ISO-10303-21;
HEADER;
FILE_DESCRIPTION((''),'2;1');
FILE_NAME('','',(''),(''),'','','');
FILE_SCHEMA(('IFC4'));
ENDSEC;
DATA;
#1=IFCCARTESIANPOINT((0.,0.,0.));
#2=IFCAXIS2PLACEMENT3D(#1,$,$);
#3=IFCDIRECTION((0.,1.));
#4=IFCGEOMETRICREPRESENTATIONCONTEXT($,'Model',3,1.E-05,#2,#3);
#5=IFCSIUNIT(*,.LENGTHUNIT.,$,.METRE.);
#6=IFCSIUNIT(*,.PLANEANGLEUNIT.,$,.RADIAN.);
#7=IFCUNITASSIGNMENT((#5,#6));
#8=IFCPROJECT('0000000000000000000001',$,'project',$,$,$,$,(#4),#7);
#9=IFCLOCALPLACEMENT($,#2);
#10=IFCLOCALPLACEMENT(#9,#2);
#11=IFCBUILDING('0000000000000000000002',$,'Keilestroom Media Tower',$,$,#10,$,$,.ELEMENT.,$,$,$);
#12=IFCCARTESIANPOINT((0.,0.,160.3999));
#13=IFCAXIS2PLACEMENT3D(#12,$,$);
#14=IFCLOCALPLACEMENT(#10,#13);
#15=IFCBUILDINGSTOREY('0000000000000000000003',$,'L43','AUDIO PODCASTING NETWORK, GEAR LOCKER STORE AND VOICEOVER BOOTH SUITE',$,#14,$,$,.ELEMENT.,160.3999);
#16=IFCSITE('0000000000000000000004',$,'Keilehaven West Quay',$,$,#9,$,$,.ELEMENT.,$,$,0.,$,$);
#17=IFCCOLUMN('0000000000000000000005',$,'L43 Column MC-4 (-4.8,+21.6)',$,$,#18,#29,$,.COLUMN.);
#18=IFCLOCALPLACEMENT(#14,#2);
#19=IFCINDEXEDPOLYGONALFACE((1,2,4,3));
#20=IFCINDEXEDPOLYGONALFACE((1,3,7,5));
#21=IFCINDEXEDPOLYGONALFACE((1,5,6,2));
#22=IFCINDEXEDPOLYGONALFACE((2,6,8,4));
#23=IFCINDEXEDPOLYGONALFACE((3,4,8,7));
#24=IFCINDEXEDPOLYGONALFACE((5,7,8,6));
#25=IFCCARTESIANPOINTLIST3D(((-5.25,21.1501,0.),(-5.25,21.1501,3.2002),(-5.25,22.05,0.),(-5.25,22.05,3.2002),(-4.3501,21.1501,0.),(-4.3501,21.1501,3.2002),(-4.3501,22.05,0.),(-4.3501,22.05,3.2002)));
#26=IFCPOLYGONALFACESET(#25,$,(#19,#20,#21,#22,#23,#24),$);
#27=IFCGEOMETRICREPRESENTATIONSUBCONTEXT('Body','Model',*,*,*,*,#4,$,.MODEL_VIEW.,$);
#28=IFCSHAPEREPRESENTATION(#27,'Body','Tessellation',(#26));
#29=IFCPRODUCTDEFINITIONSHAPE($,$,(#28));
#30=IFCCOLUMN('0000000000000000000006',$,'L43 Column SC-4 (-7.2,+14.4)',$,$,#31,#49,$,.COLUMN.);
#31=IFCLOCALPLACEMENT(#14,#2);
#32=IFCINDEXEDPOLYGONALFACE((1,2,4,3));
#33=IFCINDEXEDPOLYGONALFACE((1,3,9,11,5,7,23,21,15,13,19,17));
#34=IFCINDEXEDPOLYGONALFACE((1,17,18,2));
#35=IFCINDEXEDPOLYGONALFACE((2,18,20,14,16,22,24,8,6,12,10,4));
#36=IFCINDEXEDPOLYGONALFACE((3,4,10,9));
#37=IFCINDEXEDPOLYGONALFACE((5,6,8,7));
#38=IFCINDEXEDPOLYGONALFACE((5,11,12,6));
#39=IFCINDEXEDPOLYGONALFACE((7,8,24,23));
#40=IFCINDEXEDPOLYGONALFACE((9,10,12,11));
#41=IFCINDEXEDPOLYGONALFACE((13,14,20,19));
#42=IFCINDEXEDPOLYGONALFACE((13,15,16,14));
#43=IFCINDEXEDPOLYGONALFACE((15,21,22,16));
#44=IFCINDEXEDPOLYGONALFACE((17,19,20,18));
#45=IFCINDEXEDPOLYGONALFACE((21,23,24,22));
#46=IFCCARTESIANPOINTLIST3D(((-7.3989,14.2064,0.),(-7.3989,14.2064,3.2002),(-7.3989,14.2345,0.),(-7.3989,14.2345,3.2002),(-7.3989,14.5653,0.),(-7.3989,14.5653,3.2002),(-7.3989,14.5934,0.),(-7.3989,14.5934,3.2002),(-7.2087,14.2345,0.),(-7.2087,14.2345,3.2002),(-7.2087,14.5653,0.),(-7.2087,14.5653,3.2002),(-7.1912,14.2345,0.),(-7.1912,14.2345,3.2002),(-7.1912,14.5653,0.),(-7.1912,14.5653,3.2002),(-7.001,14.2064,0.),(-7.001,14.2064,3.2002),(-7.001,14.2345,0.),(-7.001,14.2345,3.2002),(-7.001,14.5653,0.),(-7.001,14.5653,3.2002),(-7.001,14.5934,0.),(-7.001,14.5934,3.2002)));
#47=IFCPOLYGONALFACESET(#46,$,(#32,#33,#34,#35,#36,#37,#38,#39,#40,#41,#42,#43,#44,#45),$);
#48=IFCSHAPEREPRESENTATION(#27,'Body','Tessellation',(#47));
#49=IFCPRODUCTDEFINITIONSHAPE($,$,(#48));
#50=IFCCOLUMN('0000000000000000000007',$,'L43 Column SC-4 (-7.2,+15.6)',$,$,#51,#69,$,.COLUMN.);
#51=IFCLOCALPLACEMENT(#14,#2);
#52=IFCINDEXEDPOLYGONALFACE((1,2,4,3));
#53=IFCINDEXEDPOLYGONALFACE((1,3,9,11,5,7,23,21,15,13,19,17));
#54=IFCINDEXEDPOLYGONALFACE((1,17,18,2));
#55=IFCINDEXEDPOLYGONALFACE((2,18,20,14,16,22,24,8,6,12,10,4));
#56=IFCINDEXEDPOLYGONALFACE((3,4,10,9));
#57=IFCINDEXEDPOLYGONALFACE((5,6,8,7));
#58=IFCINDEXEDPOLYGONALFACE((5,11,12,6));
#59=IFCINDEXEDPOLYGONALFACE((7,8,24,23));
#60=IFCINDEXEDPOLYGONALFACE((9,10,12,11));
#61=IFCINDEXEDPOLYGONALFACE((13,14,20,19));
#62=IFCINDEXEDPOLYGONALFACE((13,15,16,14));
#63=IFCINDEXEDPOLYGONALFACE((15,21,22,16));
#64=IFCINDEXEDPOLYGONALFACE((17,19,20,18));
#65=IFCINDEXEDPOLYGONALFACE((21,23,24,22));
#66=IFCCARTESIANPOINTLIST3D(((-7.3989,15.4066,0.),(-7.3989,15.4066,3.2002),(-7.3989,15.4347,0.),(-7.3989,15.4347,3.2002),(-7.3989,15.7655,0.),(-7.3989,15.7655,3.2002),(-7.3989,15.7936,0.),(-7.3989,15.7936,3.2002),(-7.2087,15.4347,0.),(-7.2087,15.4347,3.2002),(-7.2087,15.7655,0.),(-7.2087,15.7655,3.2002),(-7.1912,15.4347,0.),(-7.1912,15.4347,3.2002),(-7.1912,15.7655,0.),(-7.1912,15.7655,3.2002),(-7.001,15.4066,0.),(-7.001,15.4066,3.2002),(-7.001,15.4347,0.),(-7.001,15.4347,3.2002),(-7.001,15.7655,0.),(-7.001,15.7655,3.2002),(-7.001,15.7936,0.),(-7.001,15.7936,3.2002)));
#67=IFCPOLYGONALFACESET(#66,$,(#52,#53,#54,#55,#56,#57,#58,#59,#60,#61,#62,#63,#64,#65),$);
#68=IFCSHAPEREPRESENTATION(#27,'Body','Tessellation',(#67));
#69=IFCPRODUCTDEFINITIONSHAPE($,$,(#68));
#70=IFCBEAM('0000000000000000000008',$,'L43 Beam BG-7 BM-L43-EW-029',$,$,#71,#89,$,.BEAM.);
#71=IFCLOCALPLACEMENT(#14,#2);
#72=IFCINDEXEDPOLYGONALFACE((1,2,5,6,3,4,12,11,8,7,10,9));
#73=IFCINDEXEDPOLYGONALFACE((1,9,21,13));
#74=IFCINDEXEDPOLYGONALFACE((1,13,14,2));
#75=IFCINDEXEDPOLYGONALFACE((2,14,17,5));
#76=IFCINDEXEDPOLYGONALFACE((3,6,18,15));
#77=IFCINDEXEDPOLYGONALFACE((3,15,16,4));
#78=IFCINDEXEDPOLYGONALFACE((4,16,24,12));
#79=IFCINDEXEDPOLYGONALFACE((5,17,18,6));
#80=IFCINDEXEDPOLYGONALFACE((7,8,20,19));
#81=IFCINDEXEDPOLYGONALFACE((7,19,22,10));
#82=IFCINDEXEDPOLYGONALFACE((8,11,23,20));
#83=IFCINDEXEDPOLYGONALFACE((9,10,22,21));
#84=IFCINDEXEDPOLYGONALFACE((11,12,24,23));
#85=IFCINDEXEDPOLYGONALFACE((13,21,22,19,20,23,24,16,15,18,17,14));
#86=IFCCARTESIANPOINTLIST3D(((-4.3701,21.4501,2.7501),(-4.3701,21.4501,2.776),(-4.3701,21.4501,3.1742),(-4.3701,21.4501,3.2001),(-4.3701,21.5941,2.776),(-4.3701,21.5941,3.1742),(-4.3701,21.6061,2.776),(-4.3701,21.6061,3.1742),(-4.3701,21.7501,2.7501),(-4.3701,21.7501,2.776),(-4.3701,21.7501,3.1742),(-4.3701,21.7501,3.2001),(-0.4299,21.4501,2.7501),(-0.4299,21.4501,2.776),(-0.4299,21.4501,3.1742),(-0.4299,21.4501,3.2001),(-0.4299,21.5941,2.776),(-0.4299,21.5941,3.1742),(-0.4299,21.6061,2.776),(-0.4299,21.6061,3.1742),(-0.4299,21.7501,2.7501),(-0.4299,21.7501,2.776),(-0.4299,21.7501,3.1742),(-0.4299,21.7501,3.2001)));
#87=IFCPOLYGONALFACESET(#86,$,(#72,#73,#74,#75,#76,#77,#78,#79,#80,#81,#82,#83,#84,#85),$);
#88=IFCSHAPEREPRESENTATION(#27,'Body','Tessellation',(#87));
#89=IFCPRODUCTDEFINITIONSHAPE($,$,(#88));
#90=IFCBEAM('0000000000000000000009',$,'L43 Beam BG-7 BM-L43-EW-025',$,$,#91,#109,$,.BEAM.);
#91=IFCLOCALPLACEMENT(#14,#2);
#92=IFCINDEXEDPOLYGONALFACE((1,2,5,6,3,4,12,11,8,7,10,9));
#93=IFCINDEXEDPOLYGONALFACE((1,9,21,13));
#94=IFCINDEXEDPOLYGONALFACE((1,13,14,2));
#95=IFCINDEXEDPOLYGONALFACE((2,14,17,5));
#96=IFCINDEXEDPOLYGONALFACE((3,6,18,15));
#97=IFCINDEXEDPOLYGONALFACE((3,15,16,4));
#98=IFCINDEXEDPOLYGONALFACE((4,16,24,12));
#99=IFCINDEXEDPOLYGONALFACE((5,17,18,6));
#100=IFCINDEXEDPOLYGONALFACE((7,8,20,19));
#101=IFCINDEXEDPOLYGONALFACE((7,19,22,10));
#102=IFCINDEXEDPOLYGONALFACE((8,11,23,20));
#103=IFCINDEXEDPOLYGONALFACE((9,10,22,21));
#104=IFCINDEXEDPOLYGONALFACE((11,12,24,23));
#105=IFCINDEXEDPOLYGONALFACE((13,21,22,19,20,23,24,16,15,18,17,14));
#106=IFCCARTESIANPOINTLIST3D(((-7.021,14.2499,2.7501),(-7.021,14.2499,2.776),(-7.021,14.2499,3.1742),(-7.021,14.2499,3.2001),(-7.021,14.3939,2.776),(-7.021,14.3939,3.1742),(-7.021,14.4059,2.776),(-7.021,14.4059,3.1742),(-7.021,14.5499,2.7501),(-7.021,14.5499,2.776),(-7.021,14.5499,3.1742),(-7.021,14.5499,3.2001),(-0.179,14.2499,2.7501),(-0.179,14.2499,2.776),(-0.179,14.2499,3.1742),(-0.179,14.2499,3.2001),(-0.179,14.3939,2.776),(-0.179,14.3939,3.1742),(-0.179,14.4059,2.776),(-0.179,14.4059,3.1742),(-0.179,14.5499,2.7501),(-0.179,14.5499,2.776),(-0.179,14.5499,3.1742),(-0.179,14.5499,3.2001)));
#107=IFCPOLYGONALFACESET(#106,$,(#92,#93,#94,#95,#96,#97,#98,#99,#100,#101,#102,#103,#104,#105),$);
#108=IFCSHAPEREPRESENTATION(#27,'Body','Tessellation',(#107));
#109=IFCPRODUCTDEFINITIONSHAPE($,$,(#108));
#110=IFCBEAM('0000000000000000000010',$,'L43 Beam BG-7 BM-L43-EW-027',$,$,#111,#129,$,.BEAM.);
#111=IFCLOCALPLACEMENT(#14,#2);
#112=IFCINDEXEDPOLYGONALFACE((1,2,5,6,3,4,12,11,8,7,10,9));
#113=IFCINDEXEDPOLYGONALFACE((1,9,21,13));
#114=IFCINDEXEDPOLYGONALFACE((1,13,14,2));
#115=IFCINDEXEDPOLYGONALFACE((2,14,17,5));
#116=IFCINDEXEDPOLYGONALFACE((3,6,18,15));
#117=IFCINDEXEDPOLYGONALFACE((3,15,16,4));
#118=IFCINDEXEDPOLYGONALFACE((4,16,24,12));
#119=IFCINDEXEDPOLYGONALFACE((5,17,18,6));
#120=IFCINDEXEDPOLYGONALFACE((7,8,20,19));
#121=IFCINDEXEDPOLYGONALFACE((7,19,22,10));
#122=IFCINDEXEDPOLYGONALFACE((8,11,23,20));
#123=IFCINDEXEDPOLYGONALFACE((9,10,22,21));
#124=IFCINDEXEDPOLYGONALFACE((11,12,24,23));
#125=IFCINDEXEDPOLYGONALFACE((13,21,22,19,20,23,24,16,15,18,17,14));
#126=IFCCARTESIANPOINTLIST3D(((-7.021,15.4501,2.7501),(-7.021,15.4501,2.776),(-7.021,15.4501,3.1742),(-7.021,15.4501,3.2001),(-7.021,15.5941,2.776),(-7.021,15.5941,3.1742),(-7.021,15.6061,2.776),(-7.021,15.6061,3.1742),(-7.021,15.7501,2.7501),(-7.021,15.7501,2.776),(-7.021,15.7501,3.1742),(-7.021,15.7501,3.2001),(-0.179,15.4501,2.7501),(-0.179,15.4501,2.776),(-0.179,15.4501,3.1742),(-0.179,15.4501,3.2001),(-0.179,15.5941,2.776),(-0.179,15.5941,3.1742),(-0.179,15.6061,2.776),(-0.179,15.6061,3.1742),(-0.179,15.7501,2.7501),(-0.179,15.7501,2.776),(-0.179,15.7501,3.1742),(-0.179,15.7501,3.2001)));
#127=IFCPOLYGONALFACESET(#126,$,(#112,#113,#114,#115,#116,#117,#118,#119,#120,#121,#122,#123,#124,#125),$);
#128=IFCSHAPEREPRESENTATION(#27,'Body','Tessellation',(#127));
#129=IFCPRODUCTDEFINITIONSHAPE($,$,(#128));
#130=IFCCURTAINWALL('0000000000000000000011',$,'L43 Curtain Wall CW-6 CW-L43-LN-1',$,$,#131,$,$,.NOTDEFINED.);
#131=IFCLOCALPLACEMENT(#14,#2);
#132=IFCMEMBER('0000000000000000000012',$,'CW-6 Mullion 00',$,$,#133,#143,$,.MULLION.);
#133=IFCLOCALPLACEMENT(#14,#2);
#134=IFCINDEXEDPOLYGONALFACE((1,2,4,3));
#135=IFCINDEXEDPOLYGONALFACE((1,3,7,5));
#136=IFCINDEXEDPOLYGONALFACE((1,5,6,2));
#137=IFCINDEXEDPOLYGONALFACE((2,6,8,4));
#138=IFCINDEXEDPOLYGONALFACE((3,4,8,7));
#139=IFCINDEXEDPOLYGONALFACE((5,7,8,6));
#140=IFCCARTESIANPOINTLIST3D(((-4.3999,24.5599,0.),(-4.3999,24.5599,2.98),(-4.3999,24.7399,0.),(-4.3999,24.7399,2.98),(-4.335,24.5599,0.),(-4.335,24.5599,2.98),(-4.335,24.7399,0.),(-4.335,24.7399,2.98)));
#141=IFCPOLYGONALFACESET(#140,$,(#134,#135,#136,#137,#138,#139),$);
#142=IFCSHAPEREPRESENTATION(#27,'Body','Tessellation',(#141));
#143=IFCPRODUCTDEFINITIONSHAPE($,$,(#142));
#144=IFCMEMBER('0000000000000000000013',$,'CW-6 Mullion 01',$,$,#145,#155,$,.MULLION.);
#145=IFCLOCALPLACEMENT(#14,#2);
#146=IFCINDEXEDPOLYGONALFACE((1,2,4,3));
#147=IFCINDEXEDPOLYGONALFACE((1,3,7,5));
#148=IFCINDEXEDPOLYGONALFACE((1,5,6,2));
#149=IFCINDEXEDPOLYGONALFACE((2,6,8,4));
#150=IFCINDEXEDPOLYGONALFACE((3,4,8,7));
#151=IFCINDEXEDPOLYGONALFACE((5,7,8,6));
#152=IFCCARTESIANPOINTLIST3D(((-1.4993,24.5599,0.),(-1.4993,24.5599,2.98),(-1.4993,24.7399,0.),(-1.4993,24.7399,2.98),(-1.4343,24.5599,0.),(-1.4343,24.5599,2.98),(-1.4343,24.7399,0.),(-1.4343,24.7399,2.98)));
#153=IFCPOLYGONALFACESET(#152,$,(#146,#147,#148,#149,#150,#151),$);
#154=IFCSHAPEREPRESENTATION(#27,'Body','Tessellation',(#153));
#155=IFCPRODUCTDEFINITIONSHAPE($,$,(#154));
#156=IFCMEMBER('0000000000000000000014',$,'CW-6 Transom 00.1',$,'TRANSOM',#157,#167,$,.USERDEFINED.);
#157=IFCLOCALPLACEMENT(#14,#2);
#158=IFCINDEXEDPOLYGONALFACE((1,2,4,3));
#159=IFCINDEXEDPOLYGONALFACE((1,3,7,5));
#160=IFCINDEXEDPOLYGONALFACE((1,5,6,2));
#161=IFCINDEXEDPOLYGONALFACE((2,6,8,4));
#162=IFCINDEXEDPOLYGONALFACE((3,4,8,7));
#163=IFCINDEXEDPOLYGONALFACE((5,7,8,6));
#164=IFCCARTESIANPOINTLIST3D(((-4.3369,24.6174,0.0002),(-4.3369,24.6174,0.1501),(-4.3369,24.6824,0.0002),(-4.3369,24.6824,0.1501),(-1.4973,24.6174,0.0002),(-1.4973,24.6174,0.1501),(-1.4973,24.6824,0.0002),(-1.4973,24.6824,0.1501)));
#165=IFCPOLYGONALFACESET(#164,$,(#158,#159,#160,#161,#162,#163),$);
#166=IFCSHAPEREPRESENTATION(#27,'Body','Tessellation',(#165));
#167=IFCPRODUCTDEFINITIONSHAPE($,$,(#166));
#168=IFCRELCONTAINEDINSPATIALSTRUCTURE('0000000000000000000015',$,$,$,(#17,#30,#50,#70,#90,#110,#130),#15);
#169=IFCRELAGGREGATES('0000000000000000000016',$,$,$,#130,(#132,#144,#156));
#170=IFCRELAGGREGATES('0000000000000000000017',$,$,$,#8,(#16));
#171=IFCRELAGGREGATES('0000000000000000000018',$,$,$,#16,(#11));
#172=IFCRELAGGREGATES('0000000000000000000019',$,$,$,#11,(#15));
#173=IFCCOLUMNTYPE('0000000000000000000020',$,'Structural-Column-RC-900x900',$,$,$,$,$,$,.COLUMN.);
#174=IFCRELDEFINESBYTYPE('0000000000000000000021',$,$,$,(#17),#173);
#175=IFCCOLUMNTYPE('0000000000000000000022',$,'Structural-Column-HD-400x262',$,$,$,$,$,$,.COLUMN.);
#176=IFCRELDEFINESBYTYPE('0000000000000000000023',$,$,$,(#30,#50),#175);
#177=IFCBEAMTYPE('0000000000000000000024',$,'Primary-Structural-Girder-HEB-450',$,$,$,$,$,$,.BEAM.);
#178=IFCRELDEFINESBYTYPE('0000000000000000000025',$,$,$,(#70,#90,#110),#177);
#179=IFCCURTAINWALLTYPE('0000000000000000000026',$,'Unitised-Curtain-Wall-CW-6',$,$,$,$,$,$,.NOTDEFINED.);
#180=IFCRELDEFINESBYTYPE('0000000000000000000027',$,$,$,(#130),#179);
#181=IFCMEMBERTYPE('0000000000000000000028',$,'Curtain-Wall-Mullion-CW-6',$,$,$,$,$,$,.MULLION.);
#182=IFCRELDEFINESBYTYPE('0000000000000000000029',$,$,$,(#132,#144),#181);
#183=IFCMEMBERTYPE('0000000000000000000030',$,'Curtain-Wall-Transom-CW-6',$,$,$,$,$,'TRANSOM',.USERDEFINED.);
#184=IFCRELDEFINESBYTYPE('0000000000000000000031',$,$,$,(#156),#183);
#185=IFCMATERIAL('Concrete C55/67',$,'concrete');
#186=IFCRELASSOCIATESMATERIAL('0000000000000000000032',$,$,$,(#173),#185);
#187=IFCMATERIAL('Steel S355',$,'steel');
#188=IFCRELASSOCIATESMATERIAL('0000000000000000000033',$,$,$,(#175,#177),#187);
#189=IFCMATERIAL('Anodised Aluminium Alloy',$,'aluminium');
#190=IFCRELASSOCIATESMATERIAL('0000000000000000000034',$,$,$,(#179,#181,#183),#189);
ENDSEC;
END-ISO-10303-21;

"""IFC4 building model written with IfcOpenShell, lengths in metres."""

from ifc_helpers import new_model, si_unit, direction, frame, origin, origin_2d, place, context, subcontext, project, spatial, rectangle, i_section, extrude, source, transform, mapped, material, material_profile, profile_set, type_object, element, aggregate, save


model = new_model("IFC4")

# Units and contexts
model_context = context("Model", 3, precision=1e-05, world=origin(), true_north=direction((0.0, 1.0)))
body_context = subcontext(model_context, "Body", "Model", "MODEL_VIEW")
ifc_project = project(units=[si_unit("LENGTHUNIT", "METRE"), si_unit("PLANEANGLEUNIT", "RADIAN")], contexts=[model_context])

# Site, building, storey
site_placement = place(None, origin())
site = spatial("IfcSite", under=ifc_project, at=site_placement, Name="Keilehaven West Quay", CompositionType="ELEMENT", RefElevation=0.0)
building_placement = place(site_placement, origin())
building = spatial("IfcBuilding", under=site, at=building_placement, Name="Keilestroom Media Tower", CompositionType="ELEMENT")
storey_placement = place(building_placement, frame((0.0, 0.0, 160.3999)))
storey = spatial("IfcBuildingStorey", under=building, at=storey_placement, Name="L43", Description="AUDIO PODCASTING NETWORK, GEAR LOCKER STORE AND VOICEOVER BOOTH SUITE", CompositionType="ELEMENT", Elevation=160.3999)

# Columns
ifc_material_1 = material(Name="Concrete C55/67", Category="concrete")
ifc_material_profile_1 = material_profile(ifc_material_1, rectangle(XDim=0.8999, YDim=0.8999, at=origin_2d()), Name="RC 900x900")
ifc_profile_set_1 = profile_set([ifc_material_profile_1], Name="Concrete C55/67")
column_type_1 = type_object("IfcColumnType", Name="Structural-Column-RC-900x900", PredefinedType="COLUMN", material=ifc_profile_set_1)
shared_shape_1 = source(origin(), body_context, "Body", "SweptSolid", [
    extrude(rectangle(XDim=0.8999, YDim=0.8999, at=origin_2d()), origin(), (0.0, 0.0, 1.0), 3.2002),
])
column_placement = place(storey_placement, frame((-4.8, 21.6001, 0.0), z_axis=(0.0, 0.0, 1.0), x_axis=(1.0, 0.0, 0.0)))
element("IfcColumn", 1, at=column_placement, inside=storey, type_object=column_type_1, Name="L43 Column MC-4 (-4.8,+21.6)", PredefinedType="COLUMN", context=body_context, shape_type="MappedRepresentation", body=[
    mapped(shared_shape_1, transform((0.0, 0.0, 0.0), x_axis=(1.0, 0.0, 0.0), y_axis=(0.0, 1.0, 0.0), z_axis=(0.0, 0.0, 1.0), scale=1.0)),
])
ifc_material_2 = material(Name="Steel S355", Category="steel")
ifc_material_profile_2 = material_profile(ifc_material_2, i_section(OverallWidth=0.3979, OverallDepth=0.387, WebThickness=0.0176, FlangeThickness=0.0281, at=origin_2d()), Name="HD 400x262")
ifc_profile_set_2 = profile_set([ifc_material_profile_2], Name="Steel S355")
column_type_2 = type_object("IfcColumnType", Name="Structural-Column-HD-400x262", PredefinedType="COLUMN", material=ifc_profile_set_2)
shared_shape_2 = source(origin(), body_context, "Body", "SweptSolid", [
    extrude(i_section(OverallWidth=0.3979, OverallDepth=0.387, WebThickness=0.0176, FlangeThickness=0.0281, at=origin_2d()), origin(), (0.0, 0.0, 1.0), 3.2002),
])
for number, where, z_axis, x_axis, name in (
    (2, (-7.2, 14.3999, 0.0), (0.0, 0.0, 1.0), (1.0, 0.0, 0.0), "L43 Column SC-4 (-7.2,+14.4)"),
    (3, (-7.2, 15.6001, 0.0), (0.0, 0.0, 1.0), (1.0, 0.0, 0.0), "L43 Column SC-4 (-7.2,+15.6)"),
):
    element("IfcColumn", number, at=place(storey_placement, frame(where, z_axis=z_axis, x_axis=x_axis)), inside=storey, type_object=column_type_2, Name=name, PredefinedType="COLUMN", context=body_context, shape_type="MappedRepresentation", body=[
        mapped(shared_shape_2, transform((0.0, 0.0, 0.0), x_axis=(1.0, 0.0, 0.0), y_axis=(0.0, 1.0, 0.0), z_axis=(0.0, 0.0, 1.0), scale=1.0)),
    ])

# Beams
ifc_material_profile_3 = material_profile(ifc_material_2, i_section(OverallWidth=0.3, OverallDepth=0.45, WebThickness=0.012, FlangeThickness=0.0259, at=origin_2d()), Name="HEB 450")
ifc_profile_set_3 = profile_set([ifc_material_profile_3], Name="Steel S355")
beam_type = type_object("IfcBeamType", Name="Primary-Structural-Girder-HEB-450", PredefinedType="BEAM", material=ifc_profile_set_3)
shared_shape_3 = source(origin(), body_context, "Body", "SweptSolid", [
    extrude(i_section(OverallWidth=0.3, OverallDepth=0.45, WebThickness=0.012, FlangeThickness=0.0259, at=origin_2d()), origin(), (0.0, 0.0, 1.0), 3.9402),
])
beam_placement = place(storey_placement, frame((-4.3701, 21.6001, 2.9751), z_axis=(1.0, 0.0, 0.0), x_axis=(0.0, 1.0, 0.0)))
element("IfcBeam", 4, at=beam_placement, inside=storey, type_object=beam_type, Name="L43 Beam BG-7 BM-L43-EW-029", PredefinedType="BEAM", context=body_context, shape_type="MappedRepresentation", body=[
    mapped(shared_shape_3, transform((0.0, 0.0, 0.0), x_axis=(1.0, 0.0, 0.0), y_axis=(0.0, 1.0, 0.0), z_axis=(0.0, 0.0, 1.0), scale=1.0)),
])
shared_shape_4 = source(origin(), body_context, "Body", "SweptSolid", [
    extrude(i_section(OverallWidth=0.3, OverallDepth=0.45, WebThickness=0.012, FlangeThickness=0.0259, at=origin_2d()), origin(), (0.0, 0.0, 1.0), 6.842),
])
for number, where, z_axis, x_axis, name in (
    (5, (-7.021, 14.3999, 2.9751), (1.0, 0.0, 0.0), (0.0, 1.0, 0.0), "L43 Beam BG-7 BM-L43-EW-025"),
    (6, (-7.021, 15.6001, 2.9751), (1.0, 0.0, 0.0), (0.0, 1.0, 0.0), "L43 Beam BG-7 BM-L43-EW-027"),
):
    element("IfcBeam", number, at=place(storey_placement, frame(where, z_axis=z_axis, x_axis=x_axis)), inside=storey, type_object=beam_type, Name=name, PredefinedType="BEAM", context=body_context, shape_type="MappedRepresentation", body=[
        mapped(shared_shape_4, transform((0.0, 0.0, 0.0), x_axis=(1.0, 0.0, 0.0), y_axis=(0.0, 1.0, 0.0), z_axis=(0.0, 0.0, 1.0), scale=1.0)),
    ])

# Curtain wall, members
ifc_material_3 = material(Name="Anodised Aluminium Alloy", Category="aluminium")
curtain_wall_type = type_object("IfcCurtainWallType", Name="Unitised-Curtain-Wall-CW-6", PredefinedType="NOTDEFINED", material=ifc_material_3)
curtain_wall_placement = place(storey_placement, origin())
curtain_wall = element("IfcCurtainWall", 7, at=curtain_wall_placement, inside=storey, type_object=curtain_wall_type, Name="L43 Curtain Wall CW-6 CW-L43-LN-1", PredefinedType="NOTDEFINED")
ifc_material_profile_4 = material_profile(ifc_material_3, rectangle(XDim=0.0649, YDim=0.1799, at=origin_2d()), Name="ALU MULLION 65x180")
ifc_profile_set_4 = profile_set([ifc_material_profile_4], Name="Anodised Aluminium Alloy")
member_type_1 = type_object("IfcMemberType", Name="Curtain-Wall-Mullion-CW-6", PredefinedType="MULLION", material=ifc_profile_set_4)
shared_shape_5 = source(origin(), body_context, "Body", "SweptSolid", [
    extrude(rectangle(XDim=0.0649, YDim=0.1799, at=origin_2d()), origin(), (0.0, 0.0, 1.0), 2.98),
])
member_1_placement = place(storey_placement, frame((-4.3674, 24.6499, 0.0), z_axis=(0.0, 0.0, 1.0), x_axis=(1.0, 0.0, 0.0)))
member_1 = element("IfcMember", 8, at=member_1_placement, type_object=member_type_1, Name="CW-6 Mullion 00", PredefinedType="MULLION", context=body_context, shape_type="MappedRepresentation", body=[
    mapped(shared_shape_5, transform((0.0, 0.0, 0.0), x_axis=(1.0, 0.0, 0.0), y_axis=(0.0, 1.0, 0.0), z_axis=(0.0, 0.0, 1.0), scale=1.0)),
])
member_2_placement = place(storey_placement, frame((-1.4668, 24.6499, 0.0), z_axis=(0.0, 0.0, 1.0), x_axis=(1.0, 0.0, 0.0)))
member_2 = element("IfcMember", 9, at=member_2_placement, type_object=member_type_1, Name="CW-6 Mullion 01", PredefinedType="MULLION", context=body_context, shape_type="MappedRepresentation", body=[
    mapped(shared_shape_5, transform((0.0, 0.0, 0.0), x_axis=(1.0, 0.0, 0.0), y_axis=(0.0, 1.0, 0.0), z_axis=(0.0, 0.0, 1.0), scale=1.0)),
])
ifc_material_profile_5 = material_profile(ifc_material_3, rectangle(XDim=0.0649, YDim=0.1499, at=origin_2d()), Name="ALU TRANSOM 65x150")
ifc_profile_set_5 = profile_set([ifc_material_profile_5], Name="Anodised Aluminium Alloy")
member_type_2 = type_object("IfcMemberType", Name="Curtain-Wall-Transom-CW-6", ElementType="TRANSOM", PredefinedType="USERDEFINED", material=ifc_profile_set_5)
shared_shape_6 = source(origin(), body_context, "Body", "SweptSolid", [
    extrude(rectangle(XDim=0.0649, YDim=0.1499, at=origin_2d()), origin(), (0.0, 0.0, 1.0), 2.8396),
])
member_3_placement = place(storey_placement, frame((-4.3369, 24.6499, 0.0752), z_axis=(1.0, 0.0, 0.0), x_axis=(0.0, 1.0, 0.0)))
member_3 = element("IfcMember", 10, at=member_3_placement, type_object=member_type_2, Name="CW-6 Transom 00.1", ObjectType="TRANSOM", PredefinedType="USERDEFINED", context=body_context, shape_type="MappedRepresentation", body=[
    mapped(shared_shape_6, transform((0.0, 0.0, 0.0), x_axis=(1.0, 0.0, 0.0), y_axis=(0.0, 1.0, 0.0), z_axis=(0.0, 0.0, 1.0), scale=1.0)),
])
aggregate(curtain_wall, [member_1, member_2, member_3])

save(model, "model.ifc")
